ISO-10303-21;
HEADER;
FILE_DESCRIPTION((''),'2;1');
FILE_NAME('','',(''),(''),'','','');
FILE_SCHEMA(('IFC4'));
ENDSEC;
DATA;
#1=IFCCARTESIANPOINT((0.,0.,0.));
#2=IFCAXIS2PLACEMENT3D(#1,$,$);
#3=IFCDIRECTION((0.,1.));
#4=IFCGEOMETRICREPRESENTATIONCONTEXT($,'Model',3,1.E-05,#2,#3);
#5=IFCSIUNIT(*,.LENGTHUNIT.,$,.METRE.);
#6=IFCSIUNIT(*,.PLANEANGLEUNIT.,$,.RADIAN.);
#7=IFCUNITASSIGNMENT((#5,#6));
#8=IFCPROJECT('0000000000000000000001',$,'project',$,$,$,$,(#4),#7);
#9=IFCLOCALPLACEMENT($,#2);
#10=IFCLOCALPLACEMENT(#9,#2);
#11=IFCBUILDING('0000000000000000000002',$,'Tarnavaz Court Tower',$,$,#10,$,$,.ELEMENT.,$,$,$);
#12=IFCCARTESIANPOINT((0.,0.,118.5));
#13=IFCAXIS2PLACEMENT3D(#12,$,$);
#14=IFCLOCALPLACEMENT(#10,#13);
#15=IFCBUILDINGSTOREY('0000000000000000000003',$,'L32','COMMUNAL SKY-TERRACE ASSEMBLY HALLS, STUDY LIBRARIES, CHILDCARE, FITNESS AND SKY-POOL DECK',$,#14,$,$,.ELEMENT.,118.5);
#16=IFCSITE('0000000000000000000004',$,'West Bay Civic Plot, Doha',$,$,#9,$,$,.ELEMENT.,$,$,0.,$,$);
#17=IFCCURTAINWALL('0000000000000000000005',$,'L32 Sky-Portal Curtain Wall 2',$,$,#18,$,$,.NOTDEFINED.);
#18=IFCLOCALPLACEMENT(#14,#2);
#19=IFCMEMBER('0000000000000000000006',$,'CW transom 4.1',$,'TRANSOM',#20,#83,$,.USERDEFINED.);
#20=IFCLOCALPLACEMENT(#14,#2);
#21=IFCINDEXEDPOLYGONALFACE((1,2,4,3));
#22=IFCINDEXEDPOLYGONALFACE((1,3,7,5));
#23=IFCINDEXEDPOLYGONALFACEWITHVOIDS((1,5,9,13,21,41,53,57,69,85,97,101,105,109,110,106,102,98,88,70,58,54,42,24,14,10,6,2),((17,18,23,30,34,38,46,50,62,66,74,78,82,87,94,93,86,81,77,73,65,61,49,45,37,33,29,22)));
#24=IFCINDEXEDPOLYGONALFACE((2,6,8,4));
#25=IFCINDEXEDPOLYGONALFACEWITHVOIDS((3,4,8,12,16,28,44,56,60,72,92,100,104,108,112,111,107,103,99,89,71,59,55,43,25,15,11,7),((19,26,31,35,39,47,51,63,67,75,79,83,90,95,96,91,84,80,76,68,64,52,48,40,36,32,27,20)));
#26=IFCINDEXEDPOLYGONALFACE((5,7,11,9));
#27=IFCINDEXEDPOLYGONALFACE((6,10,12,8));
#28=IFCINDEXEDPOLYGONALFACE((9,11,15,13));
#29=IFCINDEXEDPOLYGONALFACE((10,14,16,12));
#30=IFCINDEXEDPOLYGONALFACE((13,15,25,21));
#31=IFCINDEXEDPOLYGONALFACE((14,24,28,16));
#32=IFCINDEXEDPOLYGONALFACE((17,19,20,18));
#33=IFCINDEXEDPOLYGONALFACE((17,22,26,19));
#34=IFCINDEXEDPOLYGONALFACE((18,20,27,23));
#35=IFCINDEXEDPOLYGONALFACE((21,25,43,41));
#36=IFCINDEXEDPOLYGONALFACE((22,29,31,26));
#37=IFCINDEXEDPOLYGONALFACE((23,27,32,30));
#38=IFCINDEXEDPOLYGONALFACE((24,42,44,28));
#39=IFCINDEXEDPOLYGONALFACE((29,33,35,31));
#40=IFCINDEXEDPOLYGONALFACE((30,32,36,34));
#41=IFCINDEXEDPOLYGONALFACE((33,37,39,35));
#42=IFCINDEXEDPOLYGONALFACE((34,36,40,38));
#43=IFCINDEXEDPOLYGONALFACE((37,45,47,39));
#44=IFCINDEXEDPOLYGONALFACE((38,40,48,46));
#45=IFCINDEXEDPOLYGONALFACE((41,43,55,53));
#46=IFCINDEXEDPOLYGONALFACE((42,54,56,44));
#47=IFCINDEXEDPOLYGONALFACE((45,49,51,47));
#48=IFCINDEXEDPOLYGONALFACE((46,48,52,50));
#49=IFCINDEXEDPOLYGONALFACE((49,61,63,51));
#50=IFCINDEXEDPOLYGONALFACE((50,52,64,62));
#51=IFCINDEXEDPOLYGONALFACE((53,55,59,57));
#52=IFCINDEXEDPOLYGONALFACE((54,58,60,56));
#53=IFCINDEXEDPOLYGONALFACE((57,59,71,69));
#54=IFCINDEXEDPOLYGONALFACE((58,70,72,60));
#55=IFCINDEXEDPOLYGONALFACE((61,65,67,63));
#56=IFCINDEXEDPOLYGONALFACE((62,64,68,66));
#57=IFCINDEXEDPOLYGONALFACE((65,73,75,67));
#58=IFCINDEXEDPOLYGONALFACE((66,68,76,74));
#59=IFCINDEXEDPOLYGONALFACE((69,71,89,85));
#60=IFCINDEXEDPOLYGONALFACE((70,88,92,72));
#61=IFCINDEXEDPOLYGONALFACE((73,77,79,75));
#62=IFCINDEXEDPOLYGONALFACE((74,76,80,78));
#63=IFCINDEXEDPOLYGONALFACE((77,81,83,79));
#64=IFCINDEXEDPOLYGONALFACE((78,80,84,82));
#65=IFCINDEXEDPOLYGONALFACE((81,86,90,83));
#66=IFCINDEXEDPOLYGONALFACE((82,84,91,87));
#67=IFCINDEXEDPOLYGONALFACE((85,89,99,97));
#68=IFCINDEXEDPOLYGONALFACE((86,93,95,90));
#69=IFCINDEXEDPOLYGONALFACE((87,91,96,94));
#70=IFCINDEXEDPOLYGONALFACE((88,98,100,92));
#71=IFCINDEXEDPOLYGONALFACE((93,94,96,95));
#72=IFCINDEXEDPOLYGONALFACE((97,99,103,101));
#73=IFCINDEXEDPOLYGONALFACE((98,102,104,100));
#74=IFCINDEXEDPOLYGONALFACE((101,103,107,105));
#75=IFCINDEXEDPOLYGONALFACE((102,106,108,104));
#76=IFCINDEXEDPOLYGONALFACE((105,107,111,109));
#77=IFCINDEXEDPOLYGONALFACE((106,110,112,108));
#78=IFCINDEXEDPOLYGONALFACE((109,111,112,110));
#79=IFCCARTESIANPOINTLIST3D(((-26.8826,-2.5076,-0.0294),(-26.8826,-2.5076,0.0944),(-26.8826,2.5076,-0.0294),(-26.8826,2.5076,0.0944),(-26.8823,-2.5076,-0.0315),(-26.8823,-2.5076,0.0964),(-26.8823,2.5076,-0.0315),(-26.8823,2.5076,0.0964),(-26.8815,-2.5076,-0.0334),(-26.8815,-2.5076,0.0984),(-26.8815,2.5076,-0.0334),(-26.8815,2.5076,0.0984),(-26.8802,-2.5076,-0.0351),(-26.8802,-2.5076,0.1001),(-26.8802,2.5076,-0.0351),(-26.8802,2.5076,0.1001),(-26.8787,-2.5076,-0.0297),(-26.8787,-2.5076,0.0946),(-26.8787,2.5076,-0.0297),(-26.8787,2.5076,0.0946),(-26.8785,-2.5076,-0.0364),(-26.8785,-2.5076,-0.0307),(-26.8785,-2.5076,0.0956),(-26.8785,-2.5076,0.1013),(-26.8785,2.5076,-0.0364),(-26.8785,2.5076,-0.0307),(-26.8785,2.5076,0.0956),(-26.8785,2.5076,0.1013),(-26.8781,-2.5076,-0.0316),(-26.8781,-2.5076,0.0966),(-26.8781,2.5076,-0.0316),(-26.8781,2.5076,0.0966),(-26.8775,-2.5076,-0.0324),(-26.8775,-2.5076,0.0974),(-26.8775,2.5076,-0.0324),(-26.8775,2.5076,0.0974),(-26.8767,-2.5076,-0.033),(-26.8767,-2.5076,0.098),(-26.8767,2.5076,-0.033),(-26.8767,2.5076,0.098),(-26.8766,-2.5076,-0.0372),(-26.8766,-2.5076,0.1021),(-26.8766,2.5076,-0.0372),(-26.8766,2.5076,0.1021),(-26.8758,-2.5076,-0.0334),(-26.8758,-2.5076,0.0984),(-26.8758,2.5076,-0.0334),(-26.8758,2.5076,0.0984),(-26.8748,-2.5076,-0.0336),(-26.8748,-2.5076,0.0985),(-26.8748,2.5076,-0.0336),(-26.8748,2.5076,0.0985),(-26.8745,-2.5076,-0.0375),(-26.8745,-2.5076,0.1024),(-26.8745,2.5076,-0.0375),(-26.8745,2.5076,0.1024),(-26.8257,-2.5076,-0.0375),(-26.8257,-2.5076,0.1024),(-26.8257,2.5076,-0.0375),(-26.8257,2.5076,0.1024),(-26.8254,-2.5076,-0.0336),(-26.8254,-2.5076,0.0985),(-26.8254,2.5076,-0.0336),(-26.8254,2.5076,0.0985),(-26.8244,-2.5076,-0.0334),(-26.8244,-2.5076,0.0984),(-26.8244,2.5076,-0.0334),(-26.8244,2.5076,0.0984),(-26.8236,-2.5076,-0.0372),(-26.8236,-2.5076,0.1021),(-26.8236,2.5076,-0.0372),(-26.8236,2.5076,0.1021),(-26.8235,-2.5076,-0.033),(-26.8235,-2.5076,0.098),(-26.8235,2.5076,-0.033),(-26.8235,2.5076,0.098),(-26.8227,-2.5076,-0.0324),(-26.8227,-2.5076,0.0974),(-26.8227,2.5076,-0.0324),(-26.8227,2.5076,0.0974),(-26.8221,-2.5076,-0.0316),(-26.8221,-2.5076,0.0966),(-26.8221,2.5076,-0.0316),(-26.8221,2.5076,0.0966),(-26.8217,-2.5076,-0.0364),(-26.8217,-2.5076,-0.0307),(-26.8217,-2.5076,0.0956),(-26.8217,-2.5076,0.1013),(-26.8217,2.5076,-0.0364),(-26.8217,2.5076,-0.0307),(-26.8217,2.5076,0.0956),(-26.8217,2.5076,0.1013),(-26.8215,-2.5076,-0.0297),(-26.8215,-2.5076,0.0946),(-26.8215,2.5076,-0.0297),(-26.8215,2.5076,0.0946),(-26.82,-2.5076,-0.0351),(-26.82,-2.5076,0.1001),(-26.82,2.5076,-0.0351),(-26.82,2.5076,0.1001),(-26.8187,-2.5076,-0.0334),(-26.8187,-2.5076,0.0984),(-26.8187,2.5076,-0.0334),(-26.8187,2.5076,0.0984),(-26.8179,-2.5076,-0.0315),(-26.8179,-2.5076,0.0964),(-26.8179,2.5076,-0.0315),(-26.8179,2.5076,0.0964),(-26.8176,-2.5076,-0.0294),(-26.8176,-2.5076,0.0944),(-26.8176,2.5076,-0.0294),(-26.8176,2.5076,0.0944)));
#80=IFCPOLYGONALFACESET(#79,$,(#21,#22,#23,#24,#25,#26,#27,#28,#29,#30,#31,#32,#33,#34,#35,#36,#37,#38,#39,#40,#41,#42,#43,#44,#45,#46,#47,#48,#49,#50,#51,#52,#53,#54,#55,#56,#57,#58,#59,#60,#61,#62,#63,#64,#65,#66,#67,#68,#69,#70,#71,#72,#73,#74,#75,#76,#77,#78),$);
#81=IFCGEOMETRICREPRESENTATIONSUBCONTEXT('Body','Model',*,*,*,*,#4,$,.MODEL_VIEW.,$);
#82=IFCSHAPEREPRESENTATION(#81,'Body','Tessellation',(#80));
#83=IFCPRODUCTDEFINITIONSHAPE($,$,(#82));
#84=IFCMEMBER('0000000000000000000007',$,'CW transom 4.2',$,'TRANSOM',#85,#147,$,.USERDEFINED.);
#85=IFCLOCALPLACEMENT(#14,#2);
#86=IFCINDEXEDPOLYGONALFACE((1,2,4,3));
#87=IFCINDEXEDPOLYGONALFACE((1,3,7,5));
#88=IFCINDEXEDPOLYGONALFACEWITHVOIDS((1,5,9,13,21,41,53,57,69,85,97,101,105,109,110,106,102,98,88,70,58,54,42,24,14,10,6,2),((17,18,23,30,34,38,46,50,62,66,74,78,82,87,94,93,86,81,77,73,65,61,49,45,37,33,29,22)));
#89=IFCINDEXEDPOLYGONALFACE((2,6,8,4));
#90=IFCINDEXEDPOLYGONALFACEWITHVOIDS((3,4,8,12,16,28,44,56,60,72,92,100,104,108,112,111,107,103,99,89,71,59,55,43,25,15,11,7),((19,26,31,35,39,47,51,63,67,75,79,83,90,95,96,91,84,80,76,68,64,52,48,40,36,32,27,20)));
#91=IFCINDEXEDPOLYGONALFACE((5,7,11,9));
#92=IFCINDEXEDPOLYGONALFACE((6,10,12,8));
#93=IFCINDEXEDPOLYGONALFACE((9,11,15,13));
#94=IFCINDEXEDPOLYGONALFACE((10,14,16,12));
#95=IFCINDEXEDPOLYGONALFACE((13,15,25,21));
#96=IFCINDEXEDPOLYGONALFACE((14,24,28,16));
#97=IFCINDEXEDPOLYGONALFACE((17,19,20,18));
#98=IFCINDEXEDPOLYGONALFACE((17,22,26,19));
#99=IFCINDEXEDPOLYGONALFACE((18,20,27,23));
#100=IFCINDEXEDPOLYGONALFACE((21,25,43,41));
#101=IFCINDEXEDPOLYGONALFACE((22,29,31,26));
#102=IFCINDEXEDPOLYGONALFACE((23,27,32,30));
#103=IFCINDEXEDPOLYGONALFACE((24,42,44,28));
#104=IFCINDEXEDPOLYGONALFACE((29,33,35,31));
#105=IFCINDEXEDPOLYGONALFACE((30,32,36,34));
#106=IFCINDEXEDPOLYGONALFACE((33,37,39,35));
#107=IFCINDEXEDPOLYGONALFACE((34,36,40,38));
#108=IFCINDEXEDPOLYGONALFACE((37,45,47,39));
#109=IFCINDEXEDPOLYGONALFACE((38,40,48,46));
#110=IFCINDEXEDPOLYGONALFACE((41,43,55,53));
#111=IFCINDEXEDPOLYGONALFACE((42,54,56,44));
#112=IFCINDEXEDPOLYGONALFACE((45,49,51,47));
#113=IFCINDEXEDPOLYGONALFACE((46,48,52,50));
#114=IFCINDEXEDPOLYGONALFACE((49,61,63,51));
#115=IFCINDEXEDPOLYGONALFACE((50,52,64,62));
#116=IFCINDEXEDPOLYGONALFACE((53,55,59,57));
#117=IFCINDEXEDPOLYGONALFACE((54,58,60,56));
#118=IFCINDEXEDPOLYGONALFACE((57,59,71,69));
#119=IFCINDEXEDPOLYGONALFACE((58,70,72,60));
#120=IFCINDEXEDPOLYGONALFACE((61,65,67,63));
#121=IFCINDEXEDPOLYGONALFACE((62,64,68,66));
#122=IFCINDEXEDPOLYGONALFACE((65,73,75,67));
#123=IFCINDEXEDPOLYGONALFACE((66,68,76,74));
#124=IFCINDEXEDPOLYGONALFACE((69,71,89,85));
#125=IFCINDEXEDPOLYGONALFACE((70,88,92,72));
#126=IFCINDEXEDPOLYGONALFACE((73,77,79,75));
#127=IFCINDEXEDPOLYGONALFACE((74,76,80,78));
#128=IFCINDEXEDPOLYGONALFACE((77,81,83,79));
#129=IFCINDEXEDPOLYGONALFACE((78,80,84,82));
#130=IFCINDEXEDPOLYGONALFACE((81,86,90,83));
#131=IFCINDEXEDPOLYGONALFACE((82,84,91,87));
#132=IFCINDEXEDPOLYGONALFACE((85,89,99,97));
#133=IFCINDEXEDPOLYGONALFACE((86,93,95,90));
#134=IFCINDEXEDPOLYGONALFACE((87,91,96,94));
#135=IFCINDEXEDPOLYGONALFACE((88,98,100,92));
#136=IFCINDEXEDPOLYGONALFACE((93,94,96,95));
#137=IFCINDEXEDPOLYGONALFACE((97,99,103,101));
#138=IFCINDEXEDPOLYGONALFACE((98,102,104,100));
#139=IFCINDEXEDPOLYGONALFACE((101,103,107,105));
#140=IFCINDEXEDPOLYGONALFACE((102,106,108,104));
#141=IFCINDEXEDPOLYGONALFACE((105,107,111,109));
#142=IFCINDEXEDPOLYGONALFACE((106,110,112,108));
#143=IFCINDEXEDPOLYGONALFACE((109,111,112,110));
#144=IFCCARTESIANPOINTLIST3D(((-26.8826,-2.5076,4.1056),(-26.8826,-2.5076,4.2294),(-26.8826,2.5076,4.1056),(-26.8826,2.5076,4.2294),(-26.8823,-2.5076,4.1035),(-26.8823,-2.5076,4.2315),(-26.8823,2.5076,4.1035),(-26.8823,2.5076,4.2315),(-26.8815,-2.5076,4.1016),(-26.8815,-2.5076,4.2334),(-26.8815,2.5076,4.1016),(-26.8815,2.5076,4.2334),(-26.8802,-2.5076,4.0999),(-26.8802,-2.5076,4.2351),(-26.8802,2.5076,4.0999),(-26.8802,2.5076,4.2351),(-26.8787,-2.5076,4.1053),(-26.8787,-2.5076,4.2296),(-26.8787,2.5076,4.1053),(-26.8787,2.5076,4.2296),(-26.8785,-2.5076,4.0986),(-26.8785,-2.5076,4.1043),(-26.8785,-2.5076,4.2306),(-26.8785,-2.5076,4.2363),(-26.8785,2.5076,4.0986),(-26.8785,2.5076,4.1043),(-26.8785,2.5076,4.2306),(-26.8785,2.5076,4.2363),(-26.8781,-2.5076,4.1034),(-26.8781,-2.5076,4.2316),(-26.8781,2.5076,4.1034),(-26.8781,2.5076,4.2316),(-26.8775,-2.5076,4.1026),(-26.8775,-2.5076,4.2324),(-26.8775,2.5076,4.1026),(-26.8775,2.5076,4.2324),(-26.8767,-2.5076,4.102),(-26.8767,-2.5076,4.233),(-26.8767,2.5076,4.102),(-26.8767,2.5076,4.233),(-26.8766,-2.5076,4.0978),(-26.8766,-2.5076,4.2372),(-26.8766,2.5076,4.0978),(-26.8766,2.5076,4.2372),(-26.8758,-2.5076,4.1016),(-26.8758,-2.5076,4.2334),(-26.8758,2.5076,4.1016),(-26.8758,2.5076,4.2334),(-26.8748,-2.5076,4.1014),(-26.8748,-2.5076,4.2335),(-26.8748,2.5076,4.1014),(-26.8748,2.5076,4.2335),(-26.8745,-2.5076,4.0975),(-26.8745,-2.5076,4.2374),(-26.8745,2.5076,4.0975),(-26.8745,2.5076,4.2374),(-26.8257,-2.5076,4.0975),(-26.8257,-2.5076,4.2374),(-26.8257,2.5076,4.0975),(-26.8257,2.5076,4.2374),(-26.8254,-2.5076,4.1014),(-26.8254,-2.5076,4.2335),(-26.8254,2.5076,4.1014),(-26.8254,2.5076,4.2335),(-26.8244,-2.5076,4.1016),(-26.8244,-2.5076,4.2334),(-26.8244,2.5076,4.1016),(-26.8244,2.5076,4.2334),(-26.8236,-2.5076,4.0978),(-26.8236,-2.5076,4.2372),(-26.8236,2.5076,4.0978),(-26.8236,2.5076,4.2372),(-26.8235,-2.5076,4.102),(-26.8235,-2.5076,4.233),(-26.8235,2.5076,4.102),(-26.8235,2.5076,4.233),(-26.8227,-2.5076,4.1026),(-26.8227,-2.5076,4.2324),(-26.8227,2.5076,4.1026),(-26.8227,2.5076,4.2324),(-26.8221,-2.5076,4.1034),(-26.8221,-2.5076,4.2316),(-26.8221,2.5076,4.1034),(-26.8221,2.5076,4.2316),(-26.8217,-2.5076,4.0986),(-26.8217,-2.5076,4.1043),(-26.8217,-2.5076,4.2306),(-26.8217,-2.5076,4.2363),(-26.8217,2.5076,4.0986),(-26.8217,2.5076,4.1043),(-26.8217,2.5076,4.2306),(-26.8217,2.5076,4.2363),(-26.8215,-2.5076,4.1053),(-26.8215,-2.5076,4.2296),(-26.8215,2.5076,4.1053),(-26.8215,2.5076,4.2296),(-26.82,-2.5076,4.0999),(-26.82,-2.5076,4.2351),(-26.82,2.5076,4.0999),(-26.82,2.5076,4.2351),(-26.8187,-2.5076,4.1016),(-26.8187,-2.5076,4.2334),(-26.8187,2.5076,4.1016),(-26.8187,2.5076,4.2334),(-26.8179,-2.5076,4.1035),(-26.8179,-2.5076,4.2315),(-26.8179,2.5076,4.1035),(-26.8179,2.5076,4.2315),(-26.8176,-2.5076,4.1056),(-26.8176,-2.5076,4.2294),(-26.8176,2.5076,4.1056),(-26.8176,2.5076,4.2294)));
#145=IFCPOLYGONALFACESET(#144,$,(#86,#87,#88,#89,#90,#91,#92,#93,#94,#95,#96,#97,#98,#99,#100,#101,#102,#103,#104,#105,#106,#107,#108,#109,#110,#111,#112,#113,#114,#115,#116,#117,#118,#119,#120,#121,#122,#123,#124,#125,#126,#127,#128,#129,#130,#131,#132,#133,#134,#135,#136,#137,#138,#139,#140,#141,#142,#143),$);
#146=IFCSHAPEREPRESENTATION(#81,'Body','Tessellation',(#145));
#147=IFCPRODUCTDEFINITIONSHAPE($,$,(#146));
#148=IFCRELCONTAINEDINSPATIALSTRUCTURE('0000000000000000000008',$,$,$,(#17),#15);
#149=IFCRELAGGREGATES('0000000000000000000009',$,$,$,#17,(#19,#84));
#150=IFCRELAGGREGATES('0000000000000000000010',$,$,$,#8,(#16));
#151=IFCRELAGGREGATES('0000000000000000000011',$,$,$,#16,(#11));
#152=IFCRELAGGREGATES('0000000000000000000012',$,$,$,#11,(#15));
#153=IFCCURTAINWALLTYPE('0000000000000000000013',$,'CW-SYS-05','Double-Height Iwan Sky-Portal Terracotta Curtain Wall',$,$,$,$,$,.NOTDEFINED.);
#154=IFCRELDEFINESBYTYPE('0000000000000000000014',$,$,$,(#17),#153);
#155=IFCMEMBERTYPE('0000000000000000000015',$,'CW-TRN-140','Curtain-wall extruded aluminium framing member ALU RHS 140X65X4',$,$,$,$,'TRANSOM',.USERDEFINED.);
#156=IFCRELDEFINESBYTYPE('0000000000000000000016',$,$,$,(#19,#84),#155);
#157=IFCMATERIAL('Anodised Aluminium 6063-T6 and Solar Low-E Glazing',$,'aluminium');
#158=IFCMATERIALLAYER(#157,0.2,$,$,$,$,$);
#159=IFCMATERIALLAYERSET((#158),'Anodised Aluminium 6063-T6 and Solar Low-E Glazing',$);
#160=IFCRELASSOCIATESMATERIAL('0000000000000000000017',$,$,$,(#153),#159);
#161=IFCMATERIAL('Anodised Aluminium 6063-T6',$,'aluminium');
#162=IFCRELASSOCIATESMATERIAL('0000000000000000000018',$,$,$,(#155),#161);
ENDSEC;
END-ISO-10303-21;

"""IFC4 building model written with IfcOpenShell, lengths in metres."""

from ifc_helpers import new_model, si_unit, direction, frame, origin, origin_2d, place, context, subcontext, project, spatial, hollow_rectangle, extrude, material, layer, layer_set, material_profile, profile_set, type_object, element, aggregate, save


model = new_model("IFC4")

# Units and contexts
model_context = context("Model", 3, precision=1e-05, world=origin(), true_north=direction((0.0, 1.0)))
body_context = subcontext(model_context, "Body", "Model", "MODEL_VIEW")
ifc_project = project(units=[si_unit("LENGTHUNIT", "METRE"), si_unit("PLANEANGLEUNIT", "RADIAN")], contexts=[model_context])

# Site, building, storey
site_placement = place(None, origin())
site = spatial("IfcSite", under=ifc_project, at=site_placement, Name="West Bay Civic Plot, Doha", CompositionType="ELEMENT", RefElevation=0.0)
building_placement = place(site_placement, origin())
building = spatial("IfcBuilding", under=site, at=building_placement, Name="Tarnavaz Court Tower", CompositionType="ELEMENT")
storey_placement = place(building_placement, frame((0.0, 0.0, 118.5)))
storey = spatial("IfcBuildingStorey", under=building, at=storey_placement, Name="L32", Description="COMMUNAL SKY-TERRACE ASSEMBLY HALLS, STUDY LIBRARIES, CHILDCARE, FITNESS AND SKY-POOL DECK", CompositionType="ELEMENT", Elevation=118.5)

# Curtain wall, members
ifc_material_1 = material(Name="Anodised Aluminium 6063-T6 and Solar Low-E Glazing", Category="aluminium")
ifc_layer_1 = layer(ifc_material_1, 0.2)
ifc_layer_set_1 = layer_set([ifc_layer_1], Name="Anodised Aluminium 6063-T6 and Solar Low-E Glazing")
curtain_wall_type = type_object("IfcCurtainWallType", Name="CW-SYS-05", Description="Double-Height Iwan Sky-Portal Terracotta Curtain Wall", PredefinedType="NOTDEFINED", material=ifc_layer_set_1)
curtain_wall_placement = place(storey_placement, origin())
curtain_wall = element("IfcCurtainWall", 1, at=curtain_wall_placement, inside=storey, type_object=curtain_wall_type, Name="L32 Sky-Portal Curtain Wall 2", PredefinedType="NOTDEFINED")
ifc_material_2 = material(Name="Anodised Aluminium 6063-T6", Category="aluminium")
ifc_material_profile_1 = material_profile(ifc_material_2, hollow_rectangle(XDim=0.0649, YDim=0.1399, WallThickness=0.0039, InnerFilletRadius=0.0039, OuterFilletRadius=0.0081, at=origin_2d()), Name="ALU RHS 140X65X4")
ifc_profile_set_1 = profile_set([ifc_material_profile_1], Name="Anodised Aluminium 6063-T6")
member_type_1 = type_object("IfcMemberType", Name="CW-TRN-140", Description="Curtain-wall extruded aluminium framing member ALU RHS 140X65X4", ElementType="TRANSOM", PredefinedType="USERDEFINED", material=ifc_profile_set_1)
member_1_placement = place(storey_placement, frame((-26.8501, -2.5076, 0.0325), z_axis=(0.0, 1.0, 0.0), x_axis=(-1.0, 0.0, 0.0)))
member_1 = element("IfcMember", 2, at=member_1_placement, type_object=member_type_1, Name="CW transom 4.1", ObjectType="TRANSOM", PredefinedType="USERDEFINED", context=body_context, shape_type="SweptSolid", body=[
    extrude(hollow_rectangle(XDim=0.0649, YDim=0.1399, WallThickness=0.0039, InnerFilletRadius=0.0039, OuterFilletRadius=0.0081, at=origin_2d()), origin(), (0.0, 0.0, 1.0), 5.0151),
])
member_2_placement = place(storey_placement, frame((-26.8501, -2.5076, 4.1675), z_axis=(0.0, 1.0, 0.0), x_axis=(-1.0, 0.0, 0.0)))
member_2 = element("IfcMember", 3, at=member_2_placement, type_object=member_type_1, Name="CW transom 4.2", ObjectType="TRANSOM", PredefinedType="USERDEFINED", context=body_context, shape_type="SweptSolid", body=[
    extrude(hollow_rectangle(XDim=0.0649, YDim=0.1399, WallThickness=0.0039, InnerFilletRadius=0.0039, OuterFilletRadius=0.0081, at=origin_2d()), origin(), (0.0, 0.0, 1.0), 5.0151),
])
aggregate(curtain_wall, [member_1, member_2])

save(model, "model.ifc")
